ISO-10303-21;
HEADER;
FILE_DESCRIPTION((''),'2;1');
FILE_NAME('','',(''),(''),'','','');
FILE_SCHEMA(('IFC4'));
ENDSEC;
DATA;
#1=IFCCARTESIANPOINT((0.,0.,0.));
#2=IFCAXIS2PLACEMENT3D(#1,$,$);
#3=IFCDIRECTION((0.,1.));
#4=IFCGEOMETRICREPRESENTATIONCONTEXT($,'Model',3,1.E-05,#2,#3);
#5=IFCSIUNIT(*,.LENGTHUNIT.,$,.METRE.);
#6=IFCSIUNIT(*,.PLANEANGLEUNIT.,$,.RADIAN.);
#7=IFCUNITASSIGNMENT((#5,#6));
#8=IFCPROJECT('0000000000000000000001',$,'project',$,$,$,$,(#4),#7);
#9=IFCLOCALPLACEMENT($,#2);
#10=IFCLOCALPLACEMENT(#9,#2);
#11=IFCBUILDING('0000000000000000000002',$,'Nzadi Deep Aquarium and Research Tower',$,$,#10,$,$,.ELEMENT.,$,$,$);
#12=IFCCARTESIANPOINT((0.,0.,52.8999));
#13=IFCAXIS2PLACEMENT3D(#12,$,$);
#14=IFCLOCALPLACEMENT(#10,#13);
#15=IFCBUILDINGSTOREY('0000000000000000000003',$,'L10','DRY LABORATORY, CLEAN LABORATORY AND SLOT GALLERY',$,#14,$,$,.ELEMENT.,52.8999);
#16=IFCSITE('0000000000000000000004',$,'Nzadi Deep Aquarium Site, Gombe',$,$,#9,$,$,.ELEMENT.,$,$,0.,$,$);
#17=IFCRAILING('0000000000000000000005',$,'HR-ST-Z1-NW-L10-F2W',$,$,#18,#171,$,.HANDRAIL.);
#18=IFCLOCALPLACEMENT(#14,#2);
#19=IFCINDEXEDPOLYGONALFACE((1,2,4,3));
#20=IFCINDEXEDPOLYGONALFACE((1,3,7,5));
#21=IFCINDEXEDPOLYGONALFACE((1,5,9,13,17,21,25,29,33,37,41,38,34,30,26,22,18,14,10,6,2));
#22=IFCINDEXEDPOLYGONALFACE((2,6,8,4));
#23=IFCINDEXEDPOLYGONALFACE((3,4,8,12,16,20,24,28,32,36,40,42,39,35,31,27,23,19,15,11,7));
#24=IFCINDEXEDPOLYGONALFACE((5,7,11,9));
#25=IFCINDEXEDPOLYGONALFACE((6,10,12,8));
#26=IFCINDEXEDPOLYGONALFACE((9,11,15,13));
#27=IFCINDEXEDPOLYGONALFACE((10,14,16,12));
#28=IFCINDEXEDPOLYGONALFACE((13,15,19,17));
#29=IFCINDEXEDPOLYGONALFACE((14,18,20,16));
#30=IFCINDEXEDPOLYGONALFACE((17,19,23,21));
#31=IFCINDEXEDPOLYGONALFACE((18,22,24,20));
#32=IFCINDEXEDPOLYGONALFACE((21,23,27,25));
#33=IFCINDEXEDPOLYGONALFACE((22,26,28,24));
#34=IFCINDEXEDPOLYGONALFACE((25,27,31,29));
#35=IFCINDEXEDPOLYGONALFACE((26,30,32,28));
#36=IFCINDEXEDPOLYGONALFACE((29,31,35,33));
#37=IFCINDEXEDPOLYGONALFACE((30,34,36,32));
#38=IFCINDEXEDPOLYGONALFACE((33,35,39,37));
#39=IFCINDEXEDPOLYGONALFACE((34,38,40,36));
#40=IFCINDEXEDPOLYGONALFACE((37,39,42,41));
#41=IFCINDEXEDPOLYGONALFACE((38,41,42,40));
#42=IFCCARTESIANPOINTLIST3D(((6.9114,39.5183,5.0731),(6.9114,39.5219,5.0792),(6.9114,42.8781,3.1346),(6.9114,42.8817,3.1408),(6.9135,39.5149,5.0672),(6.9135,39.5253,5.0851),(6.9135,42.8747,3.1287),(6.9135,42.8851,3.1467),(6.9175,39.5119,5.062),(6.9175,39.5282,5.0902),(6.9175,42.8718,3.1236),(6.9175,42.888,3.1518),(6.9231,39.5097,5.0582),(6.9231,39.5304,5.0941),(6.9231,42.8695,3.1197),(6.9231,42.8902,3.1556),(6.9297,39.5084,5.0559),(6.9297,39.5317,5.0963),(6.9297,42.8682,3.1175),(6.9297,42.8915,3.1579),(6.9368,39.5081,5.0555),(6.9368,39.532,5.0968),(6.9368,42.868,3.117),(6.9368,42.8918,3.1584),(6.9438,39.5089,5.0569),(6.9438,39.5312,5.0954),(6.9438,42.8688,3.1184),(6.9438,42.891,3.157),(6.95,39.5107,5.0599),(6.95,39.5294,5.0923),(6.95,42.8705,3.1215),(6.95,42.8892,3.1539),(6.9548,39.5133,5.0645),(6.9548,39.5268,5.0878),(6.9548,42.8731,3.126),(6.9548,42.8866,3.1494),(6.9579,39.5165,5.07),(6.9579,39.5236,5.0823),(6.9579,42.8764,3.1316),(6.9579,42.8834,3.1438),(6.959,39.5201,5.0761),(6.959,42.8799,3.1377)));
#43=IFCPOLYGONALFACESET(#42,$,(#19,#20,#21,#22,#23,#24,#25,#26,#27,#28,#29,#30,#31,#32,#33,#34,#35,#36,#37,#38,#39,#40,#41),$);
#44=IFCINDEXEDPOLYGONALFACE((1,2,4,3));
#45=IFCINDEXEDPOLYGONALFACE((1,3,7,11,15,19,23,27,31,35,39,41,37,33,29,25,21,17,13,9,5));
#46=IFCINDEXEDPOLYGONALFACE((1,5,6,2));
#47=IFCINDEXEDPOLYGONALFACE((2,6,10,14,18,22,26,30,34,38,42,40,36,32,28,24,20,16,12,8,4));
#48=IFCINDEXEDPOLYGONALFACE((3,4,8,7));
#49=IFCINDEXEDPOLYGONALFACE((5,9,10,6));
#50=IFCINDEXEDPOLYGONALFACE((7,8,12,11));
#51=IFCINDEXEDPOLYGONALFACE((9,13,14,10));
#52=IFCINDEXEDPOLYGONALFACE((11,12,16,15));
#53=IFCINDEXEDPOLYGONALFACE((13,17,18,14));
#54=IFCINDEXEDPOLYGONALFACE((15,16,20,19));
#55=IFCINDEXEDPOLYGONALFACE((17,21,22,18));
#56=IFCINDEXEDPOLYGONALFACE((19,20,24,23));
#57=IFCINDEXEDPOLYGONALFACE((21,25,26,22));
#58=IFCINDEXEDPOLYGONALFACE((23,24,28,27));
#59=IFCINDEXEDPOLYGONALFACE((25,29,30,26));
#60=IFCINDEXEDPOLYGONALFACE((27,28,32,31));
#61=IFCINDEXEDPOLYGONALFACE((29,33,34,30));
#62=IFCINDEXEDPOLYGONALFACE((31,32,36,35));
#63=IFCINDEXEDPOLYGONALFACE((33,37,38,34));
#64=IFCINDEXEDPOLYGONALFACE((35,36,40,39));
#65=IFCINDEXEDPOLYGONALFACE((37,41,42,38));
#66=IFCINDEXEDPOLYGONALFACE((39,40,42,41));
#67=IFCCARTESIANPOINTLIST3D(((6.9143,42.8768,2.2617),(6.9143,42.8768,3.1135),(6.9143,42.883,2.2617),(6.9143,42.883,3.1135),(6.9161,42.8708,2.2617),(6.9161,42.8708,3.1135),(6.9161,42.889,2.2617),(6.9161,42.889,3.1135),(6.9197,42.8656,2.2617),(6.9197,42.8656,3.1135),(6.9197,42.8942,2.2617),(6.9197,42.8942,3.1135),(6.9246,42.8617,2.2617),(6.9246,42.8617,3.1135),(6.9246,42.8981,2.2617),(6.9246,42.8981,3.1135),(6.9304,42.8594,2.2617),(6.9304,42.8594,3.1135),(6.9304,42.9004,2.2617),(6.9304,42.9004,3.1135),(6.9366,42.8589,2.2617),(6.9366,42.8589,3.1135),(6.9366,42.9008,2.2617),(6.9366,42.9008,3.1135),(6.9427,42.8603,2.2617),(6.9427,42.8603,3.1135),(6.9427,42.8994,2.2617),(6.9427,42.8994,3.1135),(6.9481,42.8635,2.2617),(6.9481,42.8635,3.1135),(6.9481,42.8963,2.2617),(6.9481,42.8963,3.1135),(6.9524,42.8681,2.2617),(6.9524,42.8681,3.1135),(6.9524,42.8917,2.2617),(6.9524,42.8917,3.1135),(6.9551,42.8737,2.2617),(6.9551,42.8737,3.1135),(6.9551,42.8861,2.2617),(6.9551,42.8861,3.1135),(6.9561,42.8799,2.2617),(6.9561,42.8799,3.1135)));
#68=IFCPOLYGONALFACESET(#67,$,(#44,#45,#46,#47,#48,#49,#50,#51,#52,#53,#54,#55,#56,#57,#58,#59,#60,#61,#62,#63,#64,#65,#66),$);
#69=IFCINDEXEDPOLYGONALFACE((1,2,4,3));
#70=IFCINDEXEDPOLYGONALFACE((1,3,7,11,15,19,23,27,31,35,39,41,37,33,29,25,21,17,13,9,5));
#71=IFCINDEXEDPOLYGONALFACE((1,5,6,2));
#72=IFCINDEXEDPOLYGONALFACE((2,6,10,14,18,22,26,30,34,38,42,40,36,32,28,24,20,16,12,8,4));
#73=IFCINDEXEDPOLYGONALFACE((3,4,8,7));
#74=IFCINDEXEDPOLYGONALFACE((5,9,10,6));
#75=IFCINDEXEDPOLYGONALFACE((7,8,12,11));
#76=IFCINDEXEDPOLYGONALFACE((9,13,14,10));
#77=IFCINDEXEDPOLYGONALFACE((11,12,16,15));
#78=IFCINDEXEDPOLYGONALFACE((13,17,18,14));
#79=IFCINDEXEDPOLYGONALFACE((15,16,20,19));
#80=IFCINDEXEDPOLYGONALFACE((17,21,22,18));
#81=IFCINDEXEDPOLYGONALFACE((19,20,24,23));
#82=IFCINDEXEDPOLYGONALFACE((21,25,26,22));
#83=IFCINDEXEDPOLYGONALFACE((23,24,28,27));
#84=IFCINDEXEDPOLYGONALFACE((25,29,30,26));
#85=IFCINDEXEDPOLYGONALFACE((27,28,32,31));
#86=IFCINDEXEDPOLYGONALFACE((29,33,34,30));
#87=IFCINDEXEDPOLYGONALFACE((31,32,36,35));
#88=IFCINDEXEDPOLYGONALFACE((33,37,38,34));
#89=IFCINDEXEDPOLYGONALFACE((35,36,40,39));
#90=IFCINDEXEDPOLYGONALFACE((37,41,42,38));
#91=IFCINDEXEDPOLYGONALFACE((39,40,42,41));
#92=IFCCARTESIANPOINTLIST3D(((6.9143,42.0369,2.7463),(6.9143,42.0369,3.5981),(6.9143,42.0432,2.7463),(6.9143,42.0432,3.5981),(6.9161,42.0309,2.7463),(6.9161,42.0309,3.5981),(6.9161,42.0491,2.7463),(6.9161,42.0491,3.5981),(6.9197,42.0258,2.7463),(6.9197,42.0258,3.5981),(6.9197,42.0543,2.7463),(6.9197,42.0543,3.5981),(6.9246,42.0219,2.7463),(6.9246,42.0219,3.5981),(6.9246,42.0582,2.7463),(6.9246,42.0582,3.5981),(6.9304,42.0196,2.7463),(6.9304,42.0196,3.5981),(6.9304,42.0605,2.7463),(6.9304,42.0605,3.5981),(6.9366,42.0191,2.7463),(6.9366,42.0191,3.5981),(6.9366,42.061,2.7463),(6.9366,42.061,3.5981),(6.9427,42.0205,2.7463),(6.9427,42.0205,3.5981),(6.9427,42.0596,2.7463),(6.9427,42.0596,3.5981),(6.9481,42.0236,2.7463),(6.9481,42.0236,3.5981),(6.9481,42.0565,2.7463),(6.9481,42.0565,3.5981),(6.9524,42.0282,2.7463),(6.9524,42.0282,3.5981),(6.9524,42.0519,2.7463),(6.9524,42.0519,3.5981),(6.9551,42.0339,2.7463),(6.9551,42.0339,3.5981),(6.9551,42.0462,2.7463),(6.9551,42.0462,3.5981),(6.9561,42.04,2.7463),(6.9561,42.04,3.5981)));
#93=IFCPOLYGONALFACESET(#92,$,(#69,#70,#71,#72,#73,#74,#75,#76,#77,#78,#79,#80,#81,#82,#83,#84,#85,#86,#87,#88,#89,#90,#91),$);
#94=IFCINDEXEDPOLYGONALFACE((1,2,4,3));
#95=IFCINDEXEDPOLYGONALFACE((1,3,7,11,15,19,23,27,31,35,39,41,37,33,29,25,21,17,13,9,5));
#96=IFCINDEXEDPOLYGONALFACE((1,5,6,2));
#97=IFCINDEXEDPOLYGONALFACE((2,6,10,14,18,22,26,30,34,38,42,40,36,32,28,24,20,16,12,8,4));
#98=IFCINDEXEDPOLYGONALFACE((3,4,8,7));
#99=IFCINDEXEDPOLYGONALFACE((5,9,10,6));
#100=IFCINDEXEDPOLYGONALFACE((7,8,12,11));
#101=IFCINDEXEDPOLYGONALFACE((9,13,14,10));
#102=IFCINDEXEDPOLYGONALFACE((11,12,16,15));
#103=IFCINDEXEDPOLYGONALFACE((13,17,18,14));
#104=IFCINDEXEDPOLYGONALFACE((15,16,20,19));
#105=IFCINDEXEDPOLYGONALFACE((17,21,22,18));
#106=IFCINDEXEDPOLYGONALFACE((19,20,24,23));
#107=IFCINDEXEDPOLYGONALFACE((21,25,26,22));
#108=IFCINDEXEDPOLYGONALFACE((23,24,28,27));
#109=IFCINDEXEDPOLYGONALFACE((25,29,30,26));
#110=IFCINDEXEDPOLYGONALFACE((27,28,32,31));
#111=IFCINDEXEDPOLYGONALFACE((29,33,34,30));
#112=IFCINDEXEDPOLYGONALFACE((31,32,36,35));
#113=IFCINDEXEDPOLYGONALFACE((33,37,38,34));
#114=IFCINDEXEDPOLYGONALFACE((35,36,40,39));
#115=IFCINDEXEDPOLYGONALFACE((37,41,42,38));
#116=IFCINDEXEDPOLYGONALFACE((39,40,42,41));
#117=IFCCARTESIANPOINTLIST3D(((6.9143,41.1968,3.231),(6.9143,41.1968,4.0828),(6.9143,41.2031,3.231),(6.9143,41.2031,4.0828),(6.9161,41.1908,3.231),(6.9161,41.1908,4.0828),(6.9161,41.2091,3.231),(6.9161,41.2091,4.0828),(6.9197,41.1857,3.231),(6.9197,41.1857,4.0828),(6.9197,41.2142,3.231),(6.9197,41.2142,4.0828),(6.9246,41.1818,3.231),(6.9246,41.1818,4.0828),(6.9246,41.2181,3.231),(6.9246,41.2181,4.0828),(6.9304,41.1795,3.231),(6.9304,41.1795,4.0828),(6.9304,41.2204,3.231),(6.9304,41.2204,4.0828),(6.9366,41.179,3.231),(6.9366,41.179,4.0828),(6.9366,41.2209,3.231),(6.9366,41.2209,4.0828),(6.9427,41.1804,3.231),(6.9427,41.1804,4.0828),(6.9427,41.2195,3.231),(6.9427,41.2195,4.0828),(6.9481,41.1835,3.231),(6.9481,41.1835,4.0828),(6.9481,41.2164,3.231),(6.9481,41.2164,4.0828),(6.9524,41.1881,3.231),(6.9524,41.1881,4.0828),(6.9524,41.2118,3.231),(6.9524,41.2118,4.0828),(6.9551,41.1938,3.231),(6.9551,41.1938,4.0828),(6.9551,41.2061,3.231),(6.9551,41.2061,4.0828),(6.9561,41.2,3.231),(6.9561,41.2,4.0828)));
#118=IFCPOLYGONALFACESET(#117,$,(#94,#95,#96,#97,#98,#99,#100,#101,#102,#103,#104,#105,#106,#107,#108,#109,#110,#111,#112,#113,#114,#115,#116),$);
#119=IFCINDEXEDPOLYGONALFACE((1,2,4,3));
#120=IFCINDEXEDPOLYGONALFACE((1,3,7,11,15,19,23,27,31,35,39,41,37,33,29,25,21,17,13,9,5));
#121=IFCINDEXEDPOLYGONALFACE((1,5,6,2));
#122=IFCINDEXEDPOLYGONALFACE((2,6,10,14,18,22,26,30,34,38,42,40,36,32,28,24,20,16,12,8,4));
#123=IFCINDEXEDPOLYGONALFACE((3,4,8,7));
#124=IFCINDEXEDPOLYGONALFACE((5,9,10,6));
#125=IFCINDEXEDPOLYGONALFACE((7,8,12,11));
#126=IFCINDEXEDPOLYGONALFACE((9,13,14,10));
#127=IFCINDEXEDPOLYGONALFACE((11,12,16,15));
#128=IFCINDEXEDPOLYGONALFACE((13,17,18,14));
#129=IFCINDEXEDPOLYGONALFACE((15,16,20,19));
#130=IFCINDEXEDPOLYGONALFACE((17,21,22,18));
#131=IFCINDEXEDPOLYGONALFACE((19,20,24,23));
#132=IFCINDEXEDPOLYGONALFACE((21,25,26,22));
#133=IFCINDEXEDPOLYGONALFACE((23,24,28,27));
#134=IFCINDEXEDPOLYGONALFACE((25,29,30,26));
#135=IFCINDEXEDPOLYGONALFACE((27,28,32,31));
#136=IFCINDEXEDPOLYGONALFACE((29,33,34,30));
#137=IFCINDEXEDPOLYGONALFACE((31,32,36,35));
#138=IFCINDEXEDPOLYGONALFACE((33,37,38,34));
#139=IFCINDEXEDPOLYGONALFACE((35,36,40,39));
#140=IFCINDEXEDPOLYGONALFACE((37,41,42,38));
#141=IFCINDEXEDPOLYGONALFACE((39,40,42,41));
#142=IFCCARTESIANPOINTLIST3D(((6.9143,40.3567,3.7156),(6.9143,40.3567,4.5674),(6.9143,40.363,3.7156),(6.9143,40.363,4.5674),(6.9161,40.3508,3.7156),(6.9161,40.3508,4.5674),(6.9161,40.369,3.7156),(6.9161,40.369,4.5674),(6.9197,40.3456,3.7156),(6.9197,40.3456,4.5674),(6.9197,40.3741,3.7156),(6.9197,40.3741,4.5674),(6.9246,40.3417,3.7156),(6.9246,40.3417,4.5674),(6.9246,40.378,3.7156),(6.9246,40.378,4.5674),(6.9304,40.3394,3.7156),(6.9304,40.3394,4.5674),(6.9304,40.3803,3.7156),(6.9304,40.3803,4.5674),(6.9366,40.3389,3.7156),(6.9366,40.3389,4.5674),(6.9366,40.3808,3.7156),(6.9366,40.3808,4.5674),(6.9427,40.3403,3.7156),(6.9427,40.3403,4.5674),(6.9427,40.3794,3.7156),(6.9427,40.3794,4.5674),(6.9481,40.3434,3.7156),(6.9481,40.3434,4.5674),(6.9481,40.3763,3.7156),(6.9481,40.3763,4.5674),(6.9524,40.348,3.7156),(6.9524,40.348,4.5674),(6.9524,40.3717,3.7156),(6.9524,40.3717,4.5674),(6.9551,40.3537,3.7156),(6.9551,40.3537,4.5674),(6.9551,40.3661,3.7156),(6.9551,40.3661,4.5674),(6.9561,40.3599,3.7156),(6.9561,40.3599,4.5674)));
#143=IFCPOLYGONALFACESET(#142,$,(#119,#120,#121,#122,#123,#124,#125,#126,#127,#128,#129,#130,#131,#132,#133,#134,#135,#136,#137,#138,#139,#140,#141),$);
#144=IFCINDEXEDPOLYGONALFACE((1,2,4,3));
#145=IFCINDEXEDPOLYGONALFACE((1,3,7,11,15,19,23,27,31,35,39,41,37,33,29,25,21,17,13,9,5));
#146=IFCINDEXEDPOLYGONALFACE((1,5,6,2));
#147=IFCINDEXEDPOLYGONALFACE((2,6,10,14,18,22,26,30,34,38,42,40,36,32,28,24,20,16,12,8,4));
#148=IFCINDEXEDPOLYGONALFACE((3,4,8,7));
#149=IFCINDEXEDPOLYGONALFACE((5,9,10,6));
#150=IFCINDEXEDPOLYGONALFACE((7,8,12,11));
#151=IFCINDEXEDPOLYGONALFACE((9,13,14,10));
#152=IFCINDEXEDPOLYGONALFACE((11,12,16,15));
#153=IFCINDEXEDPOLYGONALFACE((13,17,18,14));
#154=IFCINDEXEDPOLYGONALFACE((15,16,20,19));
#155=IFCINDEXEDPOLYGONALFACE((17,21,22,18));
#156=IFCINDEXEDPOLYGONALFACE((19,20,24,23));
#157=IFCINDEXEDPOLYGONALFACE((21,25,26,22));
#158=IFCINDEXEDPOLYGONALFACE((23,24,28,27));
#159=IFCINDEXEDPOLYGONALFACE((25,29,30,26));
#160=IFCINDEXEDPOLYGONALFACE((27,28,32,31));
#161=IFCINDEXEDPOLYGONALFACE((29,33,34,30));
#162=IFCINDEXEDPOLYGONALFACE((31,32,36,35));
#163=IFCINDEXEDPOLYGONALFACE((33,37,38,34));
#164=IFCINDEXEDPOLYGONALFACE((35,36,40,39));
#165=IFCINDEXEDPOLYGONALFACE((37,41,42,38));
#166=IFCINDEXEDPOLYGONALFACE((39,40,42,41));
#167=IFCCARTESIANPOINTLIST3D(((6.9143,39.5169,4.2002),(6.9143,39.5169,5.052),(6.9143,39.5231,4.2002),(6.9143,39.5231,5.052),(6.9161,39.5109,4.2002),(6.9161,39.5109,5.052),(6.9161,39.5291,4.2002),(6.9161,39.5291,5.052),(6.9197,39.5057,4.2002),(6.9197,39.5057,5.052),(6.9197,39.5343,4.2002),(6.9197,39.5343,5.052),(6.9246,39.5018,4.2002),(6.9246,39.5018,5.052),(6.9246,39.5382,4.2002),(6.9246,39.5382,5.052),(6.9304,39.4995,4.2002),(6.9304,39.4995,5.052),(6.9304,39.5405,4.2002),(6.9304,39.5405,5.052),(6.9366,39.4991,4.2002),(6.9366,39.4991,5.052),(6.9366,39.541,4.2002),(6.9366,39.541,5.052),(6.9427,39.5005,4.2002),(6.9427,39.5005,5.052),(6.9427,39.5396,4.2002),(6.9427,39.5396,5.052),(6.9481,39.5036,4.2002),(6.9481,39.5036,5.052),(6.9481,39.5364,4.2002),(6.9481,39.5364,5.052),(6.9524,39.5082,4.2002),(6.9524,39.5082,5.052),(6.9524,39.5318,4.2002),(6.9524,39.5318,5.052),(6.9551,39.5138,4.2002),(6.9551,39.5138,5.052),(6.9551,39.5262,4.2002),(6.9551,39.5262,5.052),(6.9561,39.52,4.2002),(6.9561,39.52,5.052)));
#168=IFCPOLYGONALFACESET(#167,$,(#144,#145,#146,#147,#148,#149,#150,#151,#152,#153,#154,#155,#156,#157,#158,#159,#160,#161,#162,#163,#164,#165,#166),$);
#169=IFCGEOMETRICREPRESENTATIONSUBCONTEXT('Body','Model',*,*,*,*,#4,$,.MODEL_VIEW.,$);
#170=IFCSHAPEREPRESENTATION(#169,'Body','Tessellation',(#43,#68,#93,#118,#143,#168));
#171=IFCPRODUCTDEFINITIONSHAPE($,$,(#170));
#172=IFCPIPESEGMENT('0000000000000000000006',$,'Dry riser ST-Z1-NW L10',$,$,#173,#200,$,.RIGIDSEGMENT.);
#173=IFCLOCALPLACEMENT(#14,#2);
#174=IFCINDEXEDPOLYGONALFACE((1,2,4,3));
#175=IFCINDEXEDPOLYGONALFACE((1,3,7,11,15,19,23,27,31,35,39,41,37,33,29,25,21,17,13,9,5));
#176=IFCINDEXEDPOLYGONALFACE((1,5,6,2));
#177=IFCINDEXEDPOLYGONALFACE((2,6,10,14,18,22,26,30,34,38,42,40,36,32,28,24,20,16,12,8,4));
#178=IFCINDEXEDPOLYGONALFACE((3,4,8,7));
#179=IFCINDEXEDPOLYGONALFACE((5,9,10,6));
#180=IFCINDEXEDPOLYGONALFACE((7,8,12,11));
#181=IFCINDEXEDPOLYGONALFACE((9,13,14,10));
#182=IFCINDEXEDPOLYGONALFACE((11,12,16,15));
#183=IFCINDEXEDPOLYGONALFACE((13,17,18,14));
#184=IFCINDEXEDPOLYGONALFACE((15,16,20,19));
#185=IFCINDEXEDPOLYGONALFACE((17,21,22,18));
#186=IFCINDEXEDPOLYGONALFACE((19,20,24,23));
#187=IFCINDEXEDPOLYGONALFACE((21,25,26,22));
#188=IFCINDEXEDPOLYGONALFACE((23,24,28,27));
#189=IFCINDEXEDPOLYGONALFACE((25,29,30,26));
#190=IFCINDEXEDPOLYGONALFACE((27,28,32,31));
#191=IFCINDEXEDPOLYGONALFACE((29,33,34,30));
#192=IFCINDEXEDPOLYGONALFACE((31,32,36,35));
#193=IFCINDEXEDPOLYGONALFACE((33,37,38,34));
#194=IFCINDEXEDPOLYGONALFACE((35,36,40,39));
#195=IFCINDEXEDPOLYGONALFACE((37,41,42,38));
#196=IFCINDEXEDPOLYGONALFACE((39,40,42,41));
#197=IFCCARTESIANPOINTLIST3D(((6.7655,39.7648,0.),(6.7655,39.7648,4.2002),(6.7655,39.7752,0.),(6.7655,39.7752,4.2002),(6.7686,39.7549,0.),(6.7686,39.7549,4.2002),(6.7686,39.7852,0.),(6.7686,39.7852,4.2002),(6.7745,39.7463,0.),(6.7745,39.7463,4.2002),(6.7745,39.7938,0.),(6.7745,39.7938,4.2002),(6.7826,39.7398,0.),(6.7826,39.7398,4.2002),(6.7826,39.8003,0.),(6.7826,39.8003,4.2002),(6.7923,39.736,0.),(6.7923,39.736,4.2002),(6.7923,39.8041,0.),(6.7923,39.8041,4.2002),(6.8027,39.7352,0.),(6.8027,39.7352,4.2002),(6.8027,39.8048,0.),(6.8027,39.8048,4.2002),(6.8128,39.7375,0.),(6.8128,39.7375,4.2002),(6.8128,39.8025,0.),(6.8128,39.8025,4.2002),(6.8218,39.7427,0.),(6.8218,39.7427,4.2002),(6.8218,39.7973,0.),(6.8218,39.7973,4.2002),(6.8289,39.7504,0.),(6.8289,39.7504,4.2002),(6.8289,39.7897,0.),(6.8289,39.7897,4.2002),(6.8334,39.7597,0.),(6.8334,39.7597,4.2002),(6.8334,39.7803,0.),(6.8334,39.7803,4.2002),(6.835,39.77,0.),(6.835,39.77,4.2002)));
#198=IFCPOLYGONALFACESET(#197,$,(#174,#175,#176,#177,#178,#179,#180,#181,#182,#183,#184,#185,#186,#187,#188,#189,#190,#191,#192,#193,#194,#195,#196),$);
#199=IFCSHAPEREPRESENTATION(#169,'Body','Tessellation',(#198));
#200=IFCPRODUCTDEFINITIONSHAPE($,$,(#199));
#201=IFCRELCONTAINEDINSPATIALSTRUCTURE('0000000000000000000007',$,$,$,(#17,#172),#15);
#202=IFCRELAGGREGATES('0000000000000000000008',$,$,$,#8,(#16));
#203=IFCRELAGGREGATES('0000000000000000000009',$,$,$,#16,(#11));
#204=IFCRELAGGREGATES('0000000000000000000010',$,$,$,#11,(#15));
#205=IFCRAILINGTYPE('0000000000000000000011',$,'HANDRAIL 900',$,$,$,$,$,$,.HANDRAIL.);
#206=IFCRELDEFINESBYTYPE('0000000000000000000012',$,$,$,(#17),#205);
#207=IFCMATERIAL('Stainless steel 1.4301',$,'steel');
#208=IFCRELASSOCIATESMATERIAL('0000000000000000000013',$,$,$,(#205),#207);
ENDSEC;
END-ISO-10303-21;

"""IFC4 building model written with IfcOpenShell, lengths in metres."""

from ifc_helpers import new_model, si_unit, direction, frame, origin, origin_2d, place, context, subcontext, project, spatial, circle, extrude, material, type_object, element, save


model = new_model("IFC4")

# Units and contexts
model_context = context("Model", 3, precision=1e-05, world=origin(), true_north=direction((0.0, 1.0)))
body_context = subcontext(model_context, "Body", "Model", "MODEL_VIEW")
ifc_project = project(units=[si_unit("LENGTHUNIT", "METRE"), si_unit("PLANEANGLEUNIT", "RADIAN")], contexts=[model_context])

# Site, building, storey
site_placement = place(None, origin())
site = spatial("IfcSite", under=ifc_project, at=site_placement, Name="Nzadi Deep Aquarium Site, Gombe", CompositionType="ELEMENT", RefElevation=0.0)
building_placement = place(site_placement, origin())
building = spatial("IfcBuilding", under=site, at=building_placement, Name="Nzadi Deep Aquarium and Research Tower", CompositionType="ELEMENT")
storey_placement = place(building_placement, frame((0.0, 0.0, 52.8999)))
storey = spatial("IfcBuildingStorey", under=building, at=storey_placement, Name="L10", Description="DRY LABORATORY, CLEAN LABORATORY AND SLOT GALLERY", CompositionType="ELEMENT", Elevation=52.8999)

# Railing
ifc_material_1 = material(Name="Stainless steel 1.4301", Category="steel")
railing_type = type_object("IfcRailingType", Name="HANDRAIL 900", PredefinedType="HANDRAIL", material=ifc_material_1)
railing_placement = place(storey_placement, frame((6.9351, 42.8799, 2.2617)))
element("IfcRailing", 1, at=railing_placement, inside=storey, type_object=railing_type, Name="HR-ST-Z1-NW-L10-F2W", PredefinedType="HANDRAIL", context=body_context, shape_type="SweptSolid", body=[
    extrude(circle(Radius=0.0239, at=origin_2d()), frame((0.0, 0.0, 0.876), z_axis=(0.0, -0.866175, 0.499741), x_axis=(1.0, 0.0, 0.0)), (0.0, 0.0, 1.0), 3.8789),
    extrude(circle(Radius=0.021, at=origin_2d()), origin(), (0.0, 0.0, 1.0), 0.8518),
    extrude(circle(Radius=0.021, at=origin_2d()), frame((0.0, -0.8398, 0.4846)), (0.0, 0.0, 1.0), 0.8518),
    extrude(circle(Radius=0.021, at=origin_2d()), frame((0.0, -1.6799, 0.9692)), (0.0, 0.0, 1.0), 0.8518),
    extrude(circle(Radius=0.021, at=origin_2d()), frame((0.0, -2.52, 1.4539)), (0.0, 0.0, 1.0), 0.8518),
    extrude(circle(Radius=0.021, at=origin_2d()), frame((0.0, -3.3599, 1.9385)), (0.0, 0.0, 1.0), 0.8518),
])

# Pipe segment
pipe_segment_placement = place(storey_placement, frame((6.8, 39.77, 0.0), z_axis=(0.0, 0.0, 1.0), x_axis=(1.0, 0.0, 0.0)))
element("IfcPipeSegment", 2, at=pipe_segment_placement, inside=storey, Name="Dry riser ST-Z1-NW L10", PredefinedType="RIGIDSEGMENT", context=body_context, shape_type="SweptSolid", body=[
    extrude(circle(Radius=0.0349, at=origin_2d()), origin(), (0.0, 0.0, 1.0), 4.2002),
])

save(model, "model.ifc")
